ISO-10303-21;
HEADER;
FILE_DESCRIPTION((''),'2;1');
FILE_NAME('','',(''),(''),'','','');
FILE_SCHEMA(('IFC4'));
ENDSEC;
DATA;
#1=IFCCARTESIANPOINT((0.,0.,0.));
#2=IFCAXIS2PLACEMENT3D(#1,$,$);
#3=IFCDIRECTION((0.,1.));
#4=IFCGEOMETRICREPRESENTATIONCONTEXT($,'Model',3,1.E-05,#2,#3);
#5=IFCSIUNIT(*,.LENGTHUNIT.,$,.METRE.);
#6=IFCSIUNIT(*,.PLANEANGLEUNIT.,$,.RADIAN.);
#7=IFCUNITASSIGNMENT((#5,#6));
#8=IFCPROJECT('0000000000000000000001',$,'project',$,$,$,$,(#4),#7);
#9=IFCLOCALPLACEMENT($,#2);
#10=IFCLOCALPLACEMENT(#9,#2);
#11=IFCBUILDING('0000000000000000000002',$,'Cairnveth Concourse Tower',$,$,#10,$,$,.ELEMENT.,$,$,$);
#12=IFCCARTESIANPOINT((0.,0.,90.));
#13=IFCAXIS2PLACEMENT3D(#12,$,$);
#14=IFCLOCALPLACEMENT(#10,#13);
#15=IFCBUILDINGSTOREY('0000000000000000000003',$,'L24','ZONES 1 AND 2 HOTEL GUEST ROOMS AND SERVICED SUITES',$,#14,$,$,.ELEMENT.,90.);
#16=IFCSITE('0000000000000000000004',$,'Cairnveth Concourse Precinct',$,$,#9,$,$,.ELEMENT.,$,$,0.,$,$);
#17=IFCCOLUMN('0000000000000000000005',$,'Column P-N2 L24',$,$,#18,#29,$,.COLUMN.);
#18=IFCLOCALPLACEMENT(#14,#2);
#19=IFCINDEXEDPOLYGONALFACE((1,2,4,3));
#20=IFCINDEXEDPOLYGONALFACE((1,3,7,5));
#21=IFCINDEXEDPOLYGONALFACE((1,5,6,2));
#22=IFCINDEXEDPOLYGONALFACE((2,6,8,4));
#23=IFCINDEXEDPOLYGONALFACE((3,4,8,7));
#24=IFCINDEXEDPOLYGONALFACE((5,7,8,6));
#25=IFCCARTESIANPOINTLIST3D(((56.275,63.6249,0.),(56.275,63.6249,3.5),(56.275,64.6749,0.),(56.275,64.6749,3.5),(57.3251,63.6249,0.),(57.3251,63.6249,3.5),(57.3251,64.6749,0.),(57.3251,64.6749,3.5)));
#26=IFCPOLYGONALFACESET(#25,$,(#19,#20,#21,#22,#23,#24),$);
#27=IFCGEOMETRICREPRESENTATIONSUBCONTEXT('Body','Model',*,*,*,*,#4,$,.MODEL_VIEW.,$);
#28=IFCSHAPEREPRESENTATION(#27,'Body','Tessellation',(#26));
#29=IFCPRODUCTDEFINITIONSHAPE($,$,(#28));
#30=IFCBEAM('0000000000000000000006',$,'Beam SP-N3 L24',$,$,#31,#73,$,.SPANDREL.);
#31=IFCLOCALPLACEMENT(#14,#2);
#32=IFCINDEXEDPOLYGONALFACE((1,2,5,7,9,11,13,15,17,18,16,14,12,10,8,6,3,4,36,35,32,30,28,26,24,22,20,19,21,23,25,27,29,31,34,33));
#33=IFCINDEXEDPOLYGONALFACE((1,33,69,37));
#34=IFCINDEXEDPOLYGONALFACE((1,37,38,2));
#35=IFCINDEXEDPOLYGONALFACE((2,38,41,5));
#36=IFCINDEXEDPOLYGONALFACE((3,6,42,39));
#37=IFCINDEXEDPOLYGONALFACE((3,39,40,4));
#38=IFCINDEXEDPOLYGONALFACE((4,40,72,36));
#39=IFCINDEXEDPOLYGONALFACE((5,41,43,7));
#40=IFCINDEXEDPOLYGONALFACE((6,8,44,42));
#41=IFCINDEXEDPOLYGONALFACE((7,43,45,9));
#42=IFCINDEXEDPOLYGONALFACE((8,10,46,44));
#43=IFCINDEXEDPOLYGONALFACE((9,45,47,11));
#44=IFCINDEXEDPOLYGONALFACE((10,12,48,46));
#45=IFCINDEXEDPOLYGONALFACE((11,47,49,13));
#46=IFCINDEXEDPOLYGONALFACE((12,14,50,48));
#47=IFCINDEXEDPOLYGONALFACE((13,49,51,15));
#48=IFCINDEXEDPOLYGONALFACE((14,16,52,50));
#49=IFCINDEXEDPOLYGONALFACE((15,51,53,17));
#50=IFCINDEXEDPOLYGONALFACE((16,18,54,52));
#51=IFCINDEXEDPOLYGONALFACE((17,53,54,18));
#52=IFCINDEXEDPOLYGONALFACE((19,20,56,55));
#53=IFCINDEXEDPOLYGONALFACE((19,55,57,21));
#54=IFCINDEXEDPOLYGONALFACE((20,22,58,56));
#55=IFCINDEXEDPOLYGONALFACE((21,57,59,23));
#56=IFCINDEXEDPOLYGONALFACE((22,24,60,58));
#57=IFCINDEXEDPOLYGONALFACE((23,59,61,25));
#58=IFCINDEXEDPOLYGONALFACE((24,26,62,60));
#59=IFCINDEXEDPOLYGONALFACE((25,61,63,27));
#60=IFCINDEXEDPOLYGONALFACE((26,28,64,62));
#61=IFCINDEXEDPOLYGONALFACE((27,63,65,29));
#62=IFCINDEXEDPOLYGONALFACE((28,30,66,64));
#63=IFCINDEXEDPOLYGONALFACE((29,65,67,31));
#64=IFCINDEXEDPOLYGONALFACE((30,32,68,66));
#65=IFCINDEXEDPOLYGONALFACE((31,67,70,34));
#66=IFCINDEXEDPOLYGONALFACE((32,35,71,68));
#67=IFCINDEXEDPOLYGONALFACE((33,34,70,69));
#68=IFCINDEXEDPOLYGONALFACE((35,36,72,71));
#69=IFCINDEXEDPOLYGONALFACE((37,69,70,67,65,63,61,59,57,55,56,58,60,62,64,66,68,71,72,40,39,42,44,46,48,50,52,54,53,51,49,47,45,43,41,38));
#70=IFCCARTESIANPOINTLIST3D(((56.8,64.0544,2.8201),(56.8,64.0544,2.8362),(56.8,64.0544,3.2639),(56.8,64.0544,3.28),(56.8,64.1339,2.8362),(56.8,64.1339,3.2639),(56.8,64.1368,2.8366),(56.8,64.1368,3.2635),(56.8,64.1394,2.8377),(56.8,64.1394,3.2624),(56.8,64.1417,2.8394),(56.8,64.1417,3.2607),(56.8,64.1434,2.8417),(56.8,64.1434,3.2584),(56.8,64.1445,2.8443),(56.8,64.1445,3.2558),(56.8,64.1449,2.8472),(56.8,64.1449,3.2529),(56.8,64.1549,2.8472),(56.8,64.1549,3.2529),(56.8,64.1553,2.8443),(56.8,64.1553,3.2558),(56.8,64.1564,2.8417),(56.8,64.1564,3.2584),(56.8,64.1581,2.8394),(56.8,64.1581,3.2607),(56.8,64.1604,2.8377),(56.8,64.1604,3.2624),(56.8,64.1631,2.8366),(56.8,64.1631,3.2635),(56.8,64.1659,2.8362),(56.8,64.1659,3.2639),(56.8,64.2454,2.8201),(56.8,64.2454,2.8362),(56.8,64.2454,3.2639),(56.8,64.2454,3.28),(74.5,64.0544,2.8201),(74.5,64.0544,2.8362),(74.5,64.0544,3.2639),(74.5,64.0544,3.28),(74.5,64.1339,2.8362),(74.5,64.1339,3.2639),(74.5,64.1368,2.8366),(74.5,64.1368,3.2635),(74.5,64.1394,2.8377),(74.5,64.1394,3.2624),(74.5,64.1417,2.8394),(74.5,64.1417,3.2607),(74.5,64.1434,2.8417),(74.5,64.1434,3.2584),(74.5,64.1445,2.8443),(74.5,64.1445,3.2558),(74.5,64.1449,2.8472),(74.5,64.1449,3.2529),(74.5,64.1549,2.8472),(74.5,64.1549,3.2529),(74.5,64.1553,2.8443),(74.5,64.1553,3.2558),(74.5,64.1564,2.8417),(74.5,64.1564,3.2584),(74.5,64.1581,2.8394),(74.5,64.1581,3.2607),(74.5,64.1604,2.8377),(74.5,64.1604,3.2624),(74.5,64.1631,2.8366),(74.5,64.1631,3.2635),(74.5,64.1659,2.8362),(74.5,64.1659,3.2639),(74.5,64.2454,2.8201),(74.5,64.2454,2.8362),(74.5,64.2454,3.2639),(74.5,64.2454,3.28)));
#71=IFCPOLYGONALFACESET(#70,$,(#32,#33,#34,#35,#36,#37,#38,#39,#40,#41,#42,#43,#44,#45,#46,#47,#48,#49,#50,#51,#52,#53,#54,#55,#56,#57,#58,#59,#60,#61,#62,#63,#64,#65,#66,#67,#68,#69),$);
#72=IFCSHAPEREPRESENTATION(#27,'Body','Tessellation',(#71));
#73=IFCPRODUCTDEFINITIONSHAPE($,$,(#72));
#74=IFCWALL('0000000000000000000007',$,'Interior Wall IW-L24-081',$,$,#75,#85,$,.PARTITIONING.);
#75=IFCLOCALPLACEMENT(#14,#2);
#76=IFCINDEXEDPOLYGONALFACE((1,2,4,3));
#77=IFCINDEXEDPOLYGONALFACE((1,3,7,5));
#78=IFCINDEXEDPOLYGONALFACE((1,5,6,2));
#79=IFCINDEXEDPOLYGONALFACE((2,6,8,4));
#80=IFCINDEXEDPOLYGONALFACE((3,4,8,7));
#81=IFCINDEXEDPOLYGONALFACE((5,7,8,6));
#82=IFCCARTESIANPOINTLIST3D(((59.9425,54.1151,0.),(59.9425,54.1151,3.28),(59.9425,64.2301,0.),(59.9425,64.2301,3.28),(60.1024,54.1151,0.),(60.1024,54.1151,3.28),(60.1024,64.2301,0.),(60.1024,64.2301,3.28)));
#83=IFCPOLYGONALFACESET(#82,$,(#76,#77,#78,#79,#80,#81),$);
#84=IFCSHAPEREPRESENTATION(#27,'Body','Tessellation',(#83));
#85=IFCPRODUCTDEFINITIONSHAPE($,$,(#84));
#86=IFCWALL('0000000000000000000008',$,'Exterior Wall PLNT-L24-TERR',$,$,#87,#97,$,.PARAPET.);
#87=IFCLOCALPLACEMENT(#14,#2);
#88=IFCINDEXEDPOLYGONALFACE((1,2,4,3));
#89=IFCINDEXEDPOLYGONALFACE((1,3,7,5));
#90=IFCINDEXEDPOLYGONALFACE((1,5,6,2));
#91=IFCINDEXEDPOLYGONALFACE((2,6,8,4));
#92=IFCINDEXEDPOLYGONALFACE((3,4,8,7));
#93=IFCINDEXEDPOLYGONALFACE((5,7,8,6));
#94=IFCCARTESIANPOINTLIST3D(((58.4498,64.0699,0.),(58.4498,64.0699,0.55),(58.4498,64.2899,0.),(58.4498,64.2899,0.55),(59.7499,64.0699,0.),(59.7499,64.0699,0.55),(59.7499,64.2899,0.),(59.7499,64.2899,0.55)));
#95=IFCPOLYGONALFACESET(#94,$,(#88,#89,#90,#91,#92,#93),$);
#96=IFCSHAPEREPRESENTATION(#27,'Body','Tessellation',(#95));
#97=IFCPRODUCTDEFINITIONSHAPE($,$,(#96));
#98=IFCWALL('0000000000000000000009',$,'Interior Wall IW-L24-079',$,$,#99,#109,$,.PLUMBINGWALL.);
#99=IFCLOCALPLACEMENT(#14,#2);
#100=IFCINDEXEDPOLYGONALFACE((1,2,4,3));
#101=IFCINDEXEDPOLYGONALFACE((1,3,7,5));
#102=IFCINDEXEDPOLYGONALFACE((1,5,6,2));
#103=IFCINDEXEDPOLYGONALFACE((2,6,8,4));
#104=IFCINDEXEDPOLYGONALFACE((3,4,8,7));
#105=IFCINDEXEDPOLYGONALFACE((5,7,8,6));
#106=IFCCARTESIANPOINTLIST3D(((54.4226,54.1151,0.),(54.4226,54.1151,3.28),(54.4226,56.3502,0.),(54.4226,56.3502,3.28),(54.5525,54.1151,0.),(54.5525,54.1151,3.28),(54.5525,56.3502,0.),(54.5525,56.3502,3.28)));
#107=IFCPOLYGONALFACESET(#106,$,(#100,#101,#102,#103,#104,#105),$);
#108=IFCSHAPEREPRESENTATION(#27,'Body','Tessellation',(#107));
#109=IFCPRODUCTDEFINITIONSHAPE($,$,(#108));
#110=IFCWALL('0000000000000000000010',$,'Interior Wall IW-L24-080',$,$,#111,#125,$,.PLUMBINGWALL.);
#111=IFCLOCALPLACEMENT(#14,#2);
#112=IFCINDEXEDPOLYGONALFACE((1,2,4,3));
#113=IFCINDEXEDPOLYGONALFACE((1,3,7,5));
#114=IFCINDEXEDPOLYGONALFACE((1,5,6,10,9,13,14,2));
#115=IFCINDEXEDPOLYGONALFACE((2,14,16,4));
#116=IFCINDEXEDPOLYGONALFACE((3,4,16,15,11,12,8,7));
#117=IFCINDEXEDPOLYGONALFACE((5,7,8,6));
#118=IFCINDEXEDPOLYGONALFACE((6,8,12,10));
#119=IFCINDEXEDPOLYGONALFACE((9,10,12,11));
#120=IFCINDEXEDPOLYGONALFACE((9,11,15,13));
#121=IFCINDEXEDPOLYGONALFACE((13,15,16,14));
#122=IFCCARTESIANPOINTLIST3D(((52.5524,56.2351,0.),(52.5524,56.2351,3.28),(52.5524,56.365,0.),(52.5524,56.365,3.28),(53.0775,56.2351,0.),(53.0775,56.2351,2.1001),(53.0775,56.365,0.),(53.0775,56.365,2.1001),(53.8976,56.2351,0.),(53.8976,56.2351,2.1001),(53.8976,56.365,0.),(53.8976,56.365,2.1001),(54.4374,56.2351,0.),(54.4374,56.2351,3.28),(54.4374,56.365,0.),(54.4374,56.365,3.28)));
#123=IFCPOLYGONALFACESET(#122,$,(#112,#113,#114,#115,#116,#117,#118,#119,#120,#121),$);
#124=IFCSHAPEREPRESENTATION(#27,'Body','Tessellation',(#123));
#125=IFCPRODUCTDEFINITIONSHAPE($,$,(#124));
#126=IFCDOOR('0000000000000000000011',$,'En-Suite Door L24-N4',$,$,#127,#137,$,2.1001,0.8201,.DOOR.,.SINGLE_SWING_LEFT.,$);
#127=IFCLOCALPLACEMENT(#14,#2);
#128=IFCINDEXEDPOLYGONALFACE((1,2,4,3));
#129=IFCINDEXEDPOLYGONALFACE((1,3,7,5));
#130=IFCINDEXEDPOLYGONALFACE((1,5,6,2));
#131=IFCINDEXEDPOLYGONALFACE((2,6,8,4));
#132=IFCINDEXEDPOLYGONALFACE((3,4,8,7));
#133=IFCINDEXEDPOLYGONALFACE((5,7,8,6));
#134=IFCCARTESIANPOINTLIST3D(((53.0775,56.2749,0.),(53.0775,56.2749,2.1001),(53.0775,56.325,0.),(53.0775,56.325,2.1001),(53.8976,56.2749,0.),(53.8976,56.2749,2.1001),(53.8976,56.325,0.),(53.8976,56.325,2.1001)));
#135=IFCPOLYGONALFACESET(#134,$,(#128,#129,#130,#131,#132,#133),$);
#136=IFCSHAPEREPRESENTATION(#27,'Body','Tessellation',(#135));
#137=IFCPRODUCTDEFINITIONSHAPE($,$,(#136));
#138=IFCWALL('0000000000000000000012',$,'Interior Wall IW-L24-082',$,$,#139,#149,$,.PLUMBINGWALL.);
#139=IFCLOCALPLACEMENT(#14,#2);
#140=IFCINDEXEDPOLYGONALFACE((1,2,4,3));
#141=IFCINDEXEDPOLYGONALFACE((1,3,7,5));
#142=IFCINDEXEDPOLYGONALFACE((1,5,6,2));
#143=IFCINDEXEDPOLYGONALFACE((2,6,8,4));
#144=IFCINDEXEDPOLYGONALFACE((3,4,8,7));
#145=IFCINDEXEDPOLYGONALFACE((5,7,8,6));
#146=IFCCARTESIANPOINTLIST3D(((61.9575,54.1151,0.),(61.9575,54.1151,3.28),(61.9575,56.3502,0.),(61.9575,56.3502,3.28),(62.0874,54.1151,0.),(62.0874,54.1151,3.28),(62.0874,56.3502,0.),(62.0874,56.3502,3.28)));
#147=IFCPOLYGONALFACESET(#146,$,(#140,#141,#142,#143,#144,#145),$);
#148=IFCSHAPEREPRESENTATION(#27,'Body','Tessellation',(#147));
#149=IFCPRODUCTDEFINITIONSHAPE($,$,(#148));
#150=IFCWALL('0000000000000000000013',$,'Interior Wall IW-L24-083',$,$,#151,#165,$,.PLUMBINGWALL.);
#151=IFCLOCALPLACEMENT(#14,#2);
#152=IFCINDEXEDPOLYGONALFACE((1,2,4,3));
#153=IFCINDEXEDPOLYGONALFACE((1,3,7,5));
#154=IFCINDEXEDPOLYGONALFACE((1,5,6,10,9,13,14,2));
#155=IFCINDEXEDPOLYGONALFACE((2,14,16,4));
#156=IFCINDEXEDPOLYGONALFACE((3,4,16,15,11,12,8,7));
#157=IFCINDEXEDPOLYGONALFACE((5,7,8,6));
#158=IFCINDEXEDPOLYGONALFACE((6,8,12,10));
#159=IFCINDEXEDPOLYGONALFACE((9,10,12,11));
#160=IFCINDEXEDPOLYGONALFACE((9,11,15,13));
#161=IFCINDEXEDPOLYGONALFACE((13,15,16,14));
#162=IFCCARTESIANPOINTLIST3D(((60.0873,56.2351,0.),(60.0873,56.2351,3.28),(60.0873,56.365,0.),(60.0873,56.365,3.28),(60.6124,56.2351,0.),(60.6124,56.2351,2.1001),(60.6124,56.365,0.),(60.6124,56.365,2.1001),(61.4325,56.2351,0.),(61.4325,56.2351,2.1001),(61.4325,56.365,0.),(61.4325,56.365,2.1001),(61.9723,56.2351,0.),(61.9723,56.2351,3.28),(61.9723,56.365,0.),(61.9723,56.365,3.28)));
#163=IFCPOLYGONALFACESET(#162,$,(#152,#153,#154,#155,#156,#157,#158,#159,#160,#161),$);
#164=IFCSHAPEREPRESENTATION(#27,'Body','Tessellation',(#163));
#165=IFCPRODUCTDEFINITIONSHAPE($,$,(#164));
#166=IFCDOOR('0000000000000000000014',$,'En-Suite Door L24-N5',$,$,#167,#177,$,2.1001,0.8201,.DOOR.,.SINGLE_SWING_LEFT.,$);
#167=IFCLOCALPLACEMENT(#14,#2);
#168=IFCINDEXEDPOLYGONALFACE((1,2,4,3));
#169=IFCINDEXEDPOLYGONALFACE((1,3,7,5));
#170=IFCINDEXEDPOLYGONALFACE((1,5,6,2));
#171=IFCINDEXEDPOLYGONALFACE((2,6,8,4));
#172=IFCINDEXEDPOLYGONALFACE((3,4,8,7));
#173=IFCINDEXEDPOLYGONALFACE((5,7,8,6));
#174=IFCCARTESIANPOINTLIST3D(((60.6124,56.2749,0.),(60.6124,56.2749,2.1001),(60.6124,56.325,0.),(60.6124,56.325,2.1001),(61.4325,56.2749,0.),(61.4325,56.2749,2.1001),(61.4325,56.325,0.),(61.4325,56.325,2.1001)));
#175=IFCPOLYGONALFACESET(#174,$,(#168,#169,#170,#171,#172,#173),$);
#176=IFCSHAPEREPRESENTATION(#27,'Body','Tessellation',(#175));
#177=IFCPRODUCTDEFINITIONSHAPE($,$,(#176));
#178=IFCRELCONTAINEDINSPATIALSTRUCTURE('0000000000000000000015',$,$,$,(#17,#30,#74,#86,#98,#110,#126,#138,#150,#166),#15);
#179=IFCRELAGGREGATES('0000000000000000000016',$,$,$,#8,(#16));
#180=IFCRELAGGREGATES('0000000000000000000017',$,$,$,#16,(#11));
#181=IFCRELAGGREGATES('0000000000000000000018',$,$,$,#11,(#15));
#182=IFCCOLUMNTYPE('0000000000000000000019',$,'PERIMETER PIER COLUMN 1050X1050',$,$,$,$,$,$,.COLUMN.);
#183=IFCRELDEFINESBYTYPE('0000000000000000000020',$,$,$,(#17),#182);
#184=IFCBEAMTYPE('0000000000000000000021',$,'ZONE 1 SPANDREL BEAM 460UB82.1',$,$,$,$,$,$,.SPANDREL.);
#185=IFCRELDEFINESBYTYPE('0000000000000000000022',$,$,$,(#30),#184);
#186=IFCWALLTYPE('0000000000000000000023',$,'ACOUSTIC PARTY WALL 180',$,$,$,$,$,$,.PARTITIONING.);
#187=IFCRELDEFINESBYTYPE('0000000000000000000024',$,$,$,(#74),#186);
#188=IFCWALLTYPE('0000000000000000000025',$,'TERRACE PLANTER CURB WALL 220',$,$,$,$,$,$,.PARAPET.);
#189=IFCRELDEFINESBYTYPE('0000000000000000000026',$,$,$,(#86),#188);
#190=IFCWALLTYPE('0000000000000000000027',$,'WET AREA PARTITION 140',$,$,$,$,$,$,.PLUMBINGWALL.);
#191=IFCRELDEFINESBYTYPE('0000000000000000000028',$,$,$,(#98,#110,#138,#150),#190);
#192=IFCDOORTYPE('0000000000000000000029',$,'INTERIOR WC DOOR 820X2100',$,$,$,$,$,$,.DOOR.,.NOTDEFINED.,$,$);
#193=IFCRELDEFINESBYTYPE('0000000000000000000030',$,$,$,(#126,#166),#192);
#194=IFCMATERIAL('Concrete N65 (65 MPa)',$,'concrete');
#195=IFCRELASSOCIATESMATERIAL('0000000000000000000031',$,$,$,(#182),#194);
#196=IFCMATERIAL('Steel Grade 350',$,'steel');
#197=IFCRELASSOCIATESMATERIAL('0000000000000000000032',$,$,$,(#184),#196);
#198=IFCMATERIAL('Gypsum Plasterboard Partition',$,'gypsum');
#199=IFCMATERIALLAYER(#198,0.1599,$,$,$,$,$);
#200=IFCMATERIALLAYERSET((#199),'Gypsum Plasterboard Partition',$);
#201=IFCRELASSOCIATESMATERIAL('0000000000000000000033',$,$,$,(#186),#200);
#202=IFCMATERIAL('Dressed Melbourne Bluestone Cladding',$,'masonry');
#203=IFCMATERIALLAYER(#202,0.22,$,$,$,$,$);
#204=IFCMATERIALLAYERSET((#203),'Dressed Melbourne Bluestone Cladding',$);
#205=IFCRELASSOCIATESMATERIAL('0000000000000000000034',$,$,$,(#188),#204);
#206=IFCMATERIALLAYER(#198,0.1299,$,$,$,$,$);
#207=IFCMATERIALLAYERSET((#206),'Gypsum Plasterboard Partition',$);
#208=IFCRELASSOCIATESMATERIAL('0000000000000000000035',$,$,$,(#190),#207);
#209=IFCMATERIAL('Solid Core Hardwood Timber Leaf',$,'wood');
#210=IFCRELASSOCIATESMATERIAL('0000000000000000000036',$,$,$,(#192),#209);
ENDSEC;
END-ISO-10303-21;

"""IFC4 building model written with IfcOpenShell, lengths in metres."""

from ifc_helpers import new_model, si_unit, direction, frame, frame_2d, origin, origin_2d, place, context, subcontext, project, spatial, rectangle, i_section, extrude, material, layer, layer_set, material_profile, profile_set, type_object, element, fill, save


model = new_model("IFC4")

# Units and contexts
model_context = context("Model", 3, precision=1e-05, world=origin(), true_north=direction((0.0, 1.0)))
body_context = subcontext(model_context, "Body", "Model", "MODEL_VIEW")
ifc_project = project(units=[si_unit("LENGTHUNIT", "METRE"), si_unit("PLANEANGLEUNIT", "RADIAN")], contexts=[model_context])

# Site, building, storey
site_placement = place(None, origin())
site = spatial("IfcSite", under=ifc_project, at=site_placement, Name="Cairnveth Concourse Precinct", CompositionType="ELEMENT", RefElevation=0.0)
building_placement = place(site_placement, origin())
building = spatial("IfcBuilding", under=site, at=building_placement, Name="Cairnveth Concourse Tower", CompositionType="ELEMENT")
storey_placement = place(building_placement, frame((0.0, 0.0, 90.0)))
storey = spatial("IfcBuildingStorey", under=building, at=storey_placement, Name="L24", Description="ZONES 1 AND 2 HOTEL GUEST ROOMS AND SERVICED SUITES", CompositionType="ELEMENT", Elevation=90.0)

# Column
ifc_material_1 = material(Name="Concrete N65 (65 MPa)", Category="concrete")
ifc_material_profile_1 = material_profile(ifc_material_1, rectangle(XDim=1.05, YDim=1.05, at=origin_2d()), Name="RC-COL-1050x1050")
ifc_profile_set_1 = profile_set([ifc_material_profile_1], Name="Concrete N65 (65 MPa)")
column_type = type_object("IfcColumnType", Name="PERIMETER PIER COLUMN 1050X1050", PredefinedType="COLUMN", material=ifc_profile_set_1)
column_placement = place(storey_placement, frame((56.8, 64.1499, 0.0), z_axis=(0.0, 0.0, 1.0), x_axis=(1.0, 0.0, 0.0)))
element("IfcColumn", 1, at=column_placement, inside=storey, type_object=column_type, Name="Column P-N2 L24", PredefinedType="COLUMN", context=body_context, shape_type="SweptSolid", body=[
    extrude(rectangle(XDim=1.05, YDim=1.05, at=origin_2d()), origin(), (0.0, 0.0, 1.0), 3.5),
])

# Beam
ifc_material_2 = material(Name="Steel Grade 350", Category="steel")
ifc_material_profile_2 = material_profile(ifc_material_2, i_section(OverallWidth=0.1909, OverallDepth=0.46, WebThickness=0.01, FlangeThickness=0.0161, FilletRadius=0.011, at=origin_2d()), Name="460UB82.1")
ifc_profile_set_2 = profile_set([ifc_material_profile_2], Name="Steel Grade 350")
beam_type = type_object("IfcBeamType", Name="ZONE 1 SPANDREL BEAM 460UB82.1", PredefinedType="SPANDREL", material=ifc_profile_set_2)
beam_placement = place(storey_placement, frame((56.8, 64.1499, 3.05), z_axis=(1.0, 0.0, 0.0), x_axis=(0.0, 1.0, 0.0)))
element("IfcBeam", 2, at=beam_placement, inside=storey, type_object=beam_type, Name="Beam SP-N3 L24", PredefinedType="SPANDREL", context=body_context, shape_type="SweptSolid", body=[
    extrude(i_section(OverallWidth=0.1909, OverallDepth=0.46, WebThickness=0.01, FlangeThickness=0.0161, FilletRadius=0.011, at=origin_2d()), origin(), (0.0, 0.0, 1.0), 17.7),
])

# Walls
ifc_material_3 = material(Name="Gypsum Plasterboard Partition", Category="gypsum")
ifc_layer_1 = layer(ifc_material_3, 0.1599)
ifc_layer_set_1 = layer_set([ifc_layer_1], Name="Gypsum Plasterboard Partition")
wall_type_1 = type_object("IfcWallType", Name="ACOUSTIC PARTY WALL 180", PredefinedType="PARTITIONING", material=ifc_layer_set_1)
wall_1_placement = place(storey_placement, frame((60.0225, 54.115, 0.0), z_axis=(0.0, 0.0, 1.0), x_axis=(0.0, 1.0, 0.0)))
element("IfcWall", 3, at=wall_1_placement, inside=storey, type_object=wall_type_1, Name="Interior Wall IW-L24-081", PredefinedType="PARTITIONING", context=body_context, shape_type="SweptSolid", body=[
    extrude(rectangle(XDim=10.115, YDim=0.1599, at=frame_2d((5.0576, 0.0))), origin(), (0.0, 0.0, 1.0), 3.28),
])
ifc_material_4 = material(Name="Dressed Melbourne Bluestone Cladding", Category="masonry")
ifc_layer_2 = layer(ifc_material_4, 0.22)
ifc_layer_set_2 = layer_set([ifc_layer_2], Name="Dressed Melbourne Bluestone Cladding")
wall_type_2 = type_object("IfcWallType", Name="TERRACE PLANTER CURB WALL 220", PredefinedType="PARAPET", material=ifc_layer_set_2)
wall_2_placement = place(storey_placement, frame((58.45, 64.1799, 0.0), z_axis=(0.0, 0.0, 1.0), x_axis=(1.0, 0.0, 0.0)))
element("IfcWall", 4, at=wall_2_placement, inside=storey, type_object=wall_type_2, Name="Exterior Wall PLNT-L24-TERR", PredefinedType="PARAPET", context=body_context, shape_type="SweptSolid", body=[
    extrude(rectangle(XDim=1.3, YDim=0.22, at=frame_2d((0.6499, 0.0))), origin(), (0.0, 0.0, 1.0), 0.55),
])
ifc_layer_3 = layer(ifc_material_3, 0.1299)
ifc_layer_set_3 = layer_set([ifc_layer_3], Name="Gypsum Plasterboard Partition")
wall_type_3 = type_object("IfcWallType", Name="WET AREA PARTITION 140", PredefinedType="PLUMBINGWALL", material=ifc_layer_set_3)
wall_3_placement = place(storey_placement, frame((54.4875, 54.115, 0.0), z_axis=(0.0, 0.0, 1.0), x_axis=(0.0, 1.0, 0.0)))
element("IfcWall", 5, at=wall_3_placement, inside=storey, type_object=wall_type_3, Name="Interior Wall IW-L24-079", PredefinedType="PLUMBINGWALL", context=body_context, shape_type="SweptSolid", body=[
    extrude(rectangle(XDim=2.2351, YDim=0.1299, at=frame_2d((1.1177, 0.0))), origin(), (0.0, 0.0, 1.0), 3.28),
])

# Wall, opening, door
wall_4_placement = place(storey_placement, frame((52.5525, 56.3, 0.0), z_axis=(0.0, 0.0, 1.0), x_axis=(1.0, 0.0, 0.0)))
wall_4 = element("IfcWall", 6, at=wall_4_placement, inside=storey, type_object=wall_type_3, Name="Interior Wall IW-L24-080", PredefinedType="PLUMBINGWALL", context=body_context, shape_type="SweptSolid", body=[
    extrude(rectangle(XDim=1.885, YDim=0.1299, at=frame_2d((0.9424, 0.0))), origin(), (0.0, 0.0, 1.0), 3.28),
])
opening_1_placement = place(wall_4_placement, frame((0.5249, 0.0, 0.0)))
opening_1 = element("IfcOpeningElement", 7, at=opening_1_placement, cuts=wall_4, PredefinedType="OPENING", context=body_context, shape_type="SweptSolid", body=[
    extrude(rectangle(XDim=0.8201, YDim=2.1001, at=frame_2d((0.4102, 1.05))), frame((0.0, 0.075, 0.0), z_axis=(0.0, -1.0, 0.0), x_axis=(1.0, 0.0, 0.0)), (0.0, 0.0, 1.0), 0.1499),
])
ifc_material_5 = material(Name="Solid Core Hardwood Timber Leaf", Category="wood")
door_type_1 = type_object("IfcDoorType", Name="INTERIOR WC DOOR 820X2100", OperationType="NOTDEFINED", PredefinedType="DOOR", material=ifc_material_5)
door_1_placement = place(opening_1_placement, origin())
door_1 = element("IfcDoor", 8, at=door_1_placement, inside=storey, type_object=door_type_1, Name="En-Suite Door L24-N4", OperationType="SINGLE_SWING_LEFT", OverallHeight=2.1001, OverallWidth=0.8201, PredefinedType="DOOR", context=body_context, shape_type="SweptSolid", body=[
    extrude(rectangle(XDim=0.8201, YDim=2.1001, at=frame_2d((0.4102, 1.05))), frame((0.0, 0.0249, 0.0), z_axis=(0.0, -1.0, 0.0), x_axis=(1.0, 0.0, 0.0)), (0.0, 0.0, 1.0), 0.05),
])
fill(opening_1, door_1)

# Wall
wall_5_placement = place(storey_placement, frame((62.0225, 54.115, 0.0), z_axis=(0.0, 0.0, 1.0), x_axis=(0.0, 1.0, 0.0)))
element("IfcWall", 9, at=wall_5_placement, inside=storey, type_object=wall_type_3, Name="Interior Wall IW-L24-082", PredefinedType="PLUMBINGWALL", context=body_context, shape_type="SweptSolid", body=[
    extrude(rectangle(XDim=2.2351, YDim=0.1299, at=frame_2d((1.1177, 0.0))), origin(), (0.0, 0.0, 1.0), 3.28),
])

# Wall, opening, door
wall_6_placement = place(storey_placement, frame((60.0874, 56.3, 0.0), z_axis=(0.0, 0.0, 1.0), x_axis=(1.0, 0.0, 0.0)))
wall_6 = element("IfcWall", 10, at=wall_6_placement, inside=storey, type_object=wall_type_3, Name="Interior Wall IW-L24-083", PredefinedType="PLUMBINGWALL", context=body_context, shape_type="SweptSolid", body=[
    extrude(rectangle(XDim=1.885, YDim=0.1299, at=frame_2d((0.9424, 0.0))), origin(), (0.0, 0.0, 1.0), 3.28),
])
opening_2_placement = place(wall_6_placement, frame((0.5249, 0.0, 0.0)))
opening_2 = element("IfcOpeningElement", 11, at=opening_2_placement, cuts=wall_6, PredefinedType="OPENING", context=body_context, shape_type="SweptSolid", body=[
    extrude(rectangle(XDim=0.8201, YDim=2.1001, at=frame_2d((0.4102, 1.05))), frame((0.0, 0.075, 0.0), z_axis=(0.0, -1.0, 0.0), x_axis=(1.0, 0.0, 0.0)), (0.0, 0.0, 1.0), 0.1499),
])
door_2_placement = place(opening_2_placement, origin())
door_2 = element("IfcDoor", 12, at=door_2_placement, inside=storey, type_object=door_type_1, Name="En-Suite Door L24-N5", OperationType="SINGLE_SWING_LEFT", OverallHeight=2.1001, OverallWidth=0.8201, PredefinedType="DOOR", context=body_context, shape_type="SweptSolid", body=[
    extrude(rectangle(XDim=0.8201, YDim=2.1001, at=frame_2d((0.4102, 1.05))), frame((0.0, 0.0249, 0.0), z_axis=(0.0, -1.0, 0.0), x_axis=(1.0, 0.0, 0.0)), (0.0, 0.0, 1.0), 0.05),
])
fill(opening_2, door_2)

save(model, "model.ifc")
